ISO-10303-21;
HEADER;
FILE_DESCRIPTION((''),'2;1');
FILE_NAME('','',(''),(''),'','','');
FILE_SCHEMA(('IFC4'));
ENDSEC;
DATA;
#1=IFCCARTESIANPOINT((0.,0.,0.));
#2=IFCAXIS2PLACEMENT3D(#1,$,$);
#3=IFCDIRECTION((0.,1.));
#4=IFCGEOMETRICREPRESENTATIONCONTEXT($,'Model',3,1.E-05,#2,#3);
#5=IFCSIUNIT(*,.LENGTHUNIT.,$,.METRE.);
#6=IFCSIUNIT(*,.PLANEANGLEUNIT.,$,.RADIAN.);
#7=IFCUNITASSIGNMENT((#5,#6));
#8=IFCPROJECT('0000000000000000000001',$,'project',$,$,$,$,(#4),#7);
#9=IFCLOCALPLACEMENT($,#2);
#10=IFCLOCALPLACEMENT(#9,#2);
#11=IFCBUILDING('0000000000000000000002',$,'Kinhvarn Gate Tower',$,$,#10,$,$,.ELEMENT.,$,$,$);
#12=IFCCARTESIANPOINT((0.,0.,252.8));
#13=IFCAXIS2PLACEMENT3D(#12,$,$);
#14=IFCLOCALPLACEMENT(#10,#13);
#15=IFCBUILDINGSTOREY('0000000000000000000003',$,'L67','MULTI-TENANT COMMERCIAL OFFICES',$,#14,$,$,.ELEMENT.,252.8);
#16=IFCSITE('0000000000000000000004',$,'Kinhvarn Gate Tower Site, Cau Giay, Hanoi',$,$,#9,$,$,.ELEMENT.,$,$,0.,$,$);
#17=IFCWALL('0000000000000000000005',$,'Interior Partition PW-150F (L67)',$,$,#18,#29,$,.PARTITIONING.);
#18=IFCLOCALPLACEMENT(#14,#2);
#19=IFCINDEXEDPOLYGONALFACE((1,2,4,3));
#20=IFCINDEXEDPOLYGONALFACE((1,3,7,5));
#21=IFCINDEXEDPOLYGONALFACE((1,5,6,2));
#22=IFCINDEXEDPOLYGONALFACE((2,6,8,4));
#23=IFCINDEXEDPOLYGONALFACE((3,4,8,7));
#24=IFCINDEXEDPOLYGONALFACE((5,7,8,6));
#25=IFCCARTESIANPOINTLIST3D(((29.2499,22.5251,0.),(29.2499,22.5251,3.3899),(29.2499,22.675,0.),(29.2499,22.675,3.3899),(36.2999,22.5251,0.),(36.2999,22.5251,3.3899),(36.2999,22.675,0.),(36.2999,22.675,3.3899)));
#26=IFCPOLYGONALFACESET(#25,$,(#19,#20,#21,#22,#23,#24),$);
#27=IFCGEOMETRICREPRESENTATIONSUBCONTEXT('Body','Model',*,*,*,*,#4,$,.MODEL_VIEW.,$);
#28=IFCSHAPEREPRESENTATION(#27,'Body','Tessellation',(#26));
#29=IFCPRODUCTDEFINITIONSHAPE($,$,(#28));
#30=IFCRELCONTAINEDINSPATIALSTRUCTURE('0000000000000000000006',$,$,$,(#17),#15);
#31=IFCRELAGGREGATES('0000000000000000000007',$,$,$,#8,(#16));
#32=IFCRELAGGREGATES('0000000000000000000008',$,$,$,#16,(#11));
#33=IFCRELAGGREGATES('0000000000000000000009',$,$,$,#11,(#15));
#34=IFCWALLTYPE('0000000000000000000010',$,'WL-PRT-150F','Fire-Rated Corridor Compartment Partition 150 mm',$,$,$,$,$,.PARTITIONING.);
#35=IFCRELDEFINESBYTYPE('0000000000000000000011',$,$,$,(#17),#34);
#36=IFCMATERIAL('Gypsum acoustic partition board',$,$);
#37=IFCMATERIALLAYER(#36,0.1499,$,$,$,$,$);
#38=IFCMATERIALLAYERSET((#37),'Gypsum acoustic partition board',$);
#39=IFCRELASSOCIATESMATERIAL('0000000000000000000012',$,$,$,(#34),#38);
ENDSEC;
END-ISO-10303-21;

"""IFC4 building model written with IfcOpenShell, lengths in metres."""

from ifc_helpers import new_model, si_unit, direction, frame, frame_2d, origin, place, context, subcontext, project, spatial, rectangle, extrude, material, layer, layer_set, type_object, element, save


model = new_model("IFC4")

# Units and contexts
model_context = context("Model", 3, precision=1e-05, world=origin(), true_north=direction((0.0, 1.0)))
body_context = subcontext(model_context, "Body", "Model", "MODEL_VIEW")
ifc_project = project(units=[si_unit("LENGTHUNIT", "METRE"), si_unit("PLANEANGLEUNIT", "RADIAN")], contexts=[model_context])

# Site, building, storey
site_placement = place(None, origin())
site = spatial("IfcSite", under=ifc_project, at=site_placement, Name="Kinhvarn Gate Tower Site, Cau Giay, Hanoi", CompositionType="ELEMENT", RefElevation=0.0)
building_placement = place(site_placement, origin())
building = spatial("IfcBuilding", under=site, at=building_placement, Name="Kinhvarn Gate Tower", CompositionType="ELEMENT")
storey_placement = place(building_placement, frame((0.0, 0.0, 252.8)))
storey = spatial("IfcBuildingStorey", under=building, at=storey_placement, Name="L67", Description="MULTI-TENANT COMMERCIAL OFFICES", CompositionType="ELEMENT", Elevation=252.8)

# Wall
ifc_material_1 = material(Name="Gypsum acoustic partition board")
ifc_layer_1 = layer(ifc_material_1, 0.1499)
ifc_layer_set_1 = layer_set([ifc_layer_1], Name="Gypsum acoustic partition board")
wall_type_1 = type_object("IfcWallType", Name="WL-PRT-150F", Description="Fire-Rated Corridor Compartment Partition 150 mm", PredefinedType="PARTITIONING", material=ifc_layer_set_1)
wall_1_placement = place(storey_placement, frame((29.25, 22.6001, 0.0), z_axis=(0.0, 0.0, 1.0), x_axis=(1.0, 0.0, 0.0)))
element("IfcWall", 1, at=wall_1_placement, inside=storey, type_object=wall_type_1, Name="Interior Partition PW-150F (L67)", PredefinedType="PARTITIONING", context=body_context, shape_type="SweptSolid", body=[
    extrude(rectangle(XDim=7.05, YDim=0.1499, at=frame_2d((3.5249, 0.0))), origin(), (0.0, 0.0, 1.0), 3.3899),
])

save(model, "model.ifc")
